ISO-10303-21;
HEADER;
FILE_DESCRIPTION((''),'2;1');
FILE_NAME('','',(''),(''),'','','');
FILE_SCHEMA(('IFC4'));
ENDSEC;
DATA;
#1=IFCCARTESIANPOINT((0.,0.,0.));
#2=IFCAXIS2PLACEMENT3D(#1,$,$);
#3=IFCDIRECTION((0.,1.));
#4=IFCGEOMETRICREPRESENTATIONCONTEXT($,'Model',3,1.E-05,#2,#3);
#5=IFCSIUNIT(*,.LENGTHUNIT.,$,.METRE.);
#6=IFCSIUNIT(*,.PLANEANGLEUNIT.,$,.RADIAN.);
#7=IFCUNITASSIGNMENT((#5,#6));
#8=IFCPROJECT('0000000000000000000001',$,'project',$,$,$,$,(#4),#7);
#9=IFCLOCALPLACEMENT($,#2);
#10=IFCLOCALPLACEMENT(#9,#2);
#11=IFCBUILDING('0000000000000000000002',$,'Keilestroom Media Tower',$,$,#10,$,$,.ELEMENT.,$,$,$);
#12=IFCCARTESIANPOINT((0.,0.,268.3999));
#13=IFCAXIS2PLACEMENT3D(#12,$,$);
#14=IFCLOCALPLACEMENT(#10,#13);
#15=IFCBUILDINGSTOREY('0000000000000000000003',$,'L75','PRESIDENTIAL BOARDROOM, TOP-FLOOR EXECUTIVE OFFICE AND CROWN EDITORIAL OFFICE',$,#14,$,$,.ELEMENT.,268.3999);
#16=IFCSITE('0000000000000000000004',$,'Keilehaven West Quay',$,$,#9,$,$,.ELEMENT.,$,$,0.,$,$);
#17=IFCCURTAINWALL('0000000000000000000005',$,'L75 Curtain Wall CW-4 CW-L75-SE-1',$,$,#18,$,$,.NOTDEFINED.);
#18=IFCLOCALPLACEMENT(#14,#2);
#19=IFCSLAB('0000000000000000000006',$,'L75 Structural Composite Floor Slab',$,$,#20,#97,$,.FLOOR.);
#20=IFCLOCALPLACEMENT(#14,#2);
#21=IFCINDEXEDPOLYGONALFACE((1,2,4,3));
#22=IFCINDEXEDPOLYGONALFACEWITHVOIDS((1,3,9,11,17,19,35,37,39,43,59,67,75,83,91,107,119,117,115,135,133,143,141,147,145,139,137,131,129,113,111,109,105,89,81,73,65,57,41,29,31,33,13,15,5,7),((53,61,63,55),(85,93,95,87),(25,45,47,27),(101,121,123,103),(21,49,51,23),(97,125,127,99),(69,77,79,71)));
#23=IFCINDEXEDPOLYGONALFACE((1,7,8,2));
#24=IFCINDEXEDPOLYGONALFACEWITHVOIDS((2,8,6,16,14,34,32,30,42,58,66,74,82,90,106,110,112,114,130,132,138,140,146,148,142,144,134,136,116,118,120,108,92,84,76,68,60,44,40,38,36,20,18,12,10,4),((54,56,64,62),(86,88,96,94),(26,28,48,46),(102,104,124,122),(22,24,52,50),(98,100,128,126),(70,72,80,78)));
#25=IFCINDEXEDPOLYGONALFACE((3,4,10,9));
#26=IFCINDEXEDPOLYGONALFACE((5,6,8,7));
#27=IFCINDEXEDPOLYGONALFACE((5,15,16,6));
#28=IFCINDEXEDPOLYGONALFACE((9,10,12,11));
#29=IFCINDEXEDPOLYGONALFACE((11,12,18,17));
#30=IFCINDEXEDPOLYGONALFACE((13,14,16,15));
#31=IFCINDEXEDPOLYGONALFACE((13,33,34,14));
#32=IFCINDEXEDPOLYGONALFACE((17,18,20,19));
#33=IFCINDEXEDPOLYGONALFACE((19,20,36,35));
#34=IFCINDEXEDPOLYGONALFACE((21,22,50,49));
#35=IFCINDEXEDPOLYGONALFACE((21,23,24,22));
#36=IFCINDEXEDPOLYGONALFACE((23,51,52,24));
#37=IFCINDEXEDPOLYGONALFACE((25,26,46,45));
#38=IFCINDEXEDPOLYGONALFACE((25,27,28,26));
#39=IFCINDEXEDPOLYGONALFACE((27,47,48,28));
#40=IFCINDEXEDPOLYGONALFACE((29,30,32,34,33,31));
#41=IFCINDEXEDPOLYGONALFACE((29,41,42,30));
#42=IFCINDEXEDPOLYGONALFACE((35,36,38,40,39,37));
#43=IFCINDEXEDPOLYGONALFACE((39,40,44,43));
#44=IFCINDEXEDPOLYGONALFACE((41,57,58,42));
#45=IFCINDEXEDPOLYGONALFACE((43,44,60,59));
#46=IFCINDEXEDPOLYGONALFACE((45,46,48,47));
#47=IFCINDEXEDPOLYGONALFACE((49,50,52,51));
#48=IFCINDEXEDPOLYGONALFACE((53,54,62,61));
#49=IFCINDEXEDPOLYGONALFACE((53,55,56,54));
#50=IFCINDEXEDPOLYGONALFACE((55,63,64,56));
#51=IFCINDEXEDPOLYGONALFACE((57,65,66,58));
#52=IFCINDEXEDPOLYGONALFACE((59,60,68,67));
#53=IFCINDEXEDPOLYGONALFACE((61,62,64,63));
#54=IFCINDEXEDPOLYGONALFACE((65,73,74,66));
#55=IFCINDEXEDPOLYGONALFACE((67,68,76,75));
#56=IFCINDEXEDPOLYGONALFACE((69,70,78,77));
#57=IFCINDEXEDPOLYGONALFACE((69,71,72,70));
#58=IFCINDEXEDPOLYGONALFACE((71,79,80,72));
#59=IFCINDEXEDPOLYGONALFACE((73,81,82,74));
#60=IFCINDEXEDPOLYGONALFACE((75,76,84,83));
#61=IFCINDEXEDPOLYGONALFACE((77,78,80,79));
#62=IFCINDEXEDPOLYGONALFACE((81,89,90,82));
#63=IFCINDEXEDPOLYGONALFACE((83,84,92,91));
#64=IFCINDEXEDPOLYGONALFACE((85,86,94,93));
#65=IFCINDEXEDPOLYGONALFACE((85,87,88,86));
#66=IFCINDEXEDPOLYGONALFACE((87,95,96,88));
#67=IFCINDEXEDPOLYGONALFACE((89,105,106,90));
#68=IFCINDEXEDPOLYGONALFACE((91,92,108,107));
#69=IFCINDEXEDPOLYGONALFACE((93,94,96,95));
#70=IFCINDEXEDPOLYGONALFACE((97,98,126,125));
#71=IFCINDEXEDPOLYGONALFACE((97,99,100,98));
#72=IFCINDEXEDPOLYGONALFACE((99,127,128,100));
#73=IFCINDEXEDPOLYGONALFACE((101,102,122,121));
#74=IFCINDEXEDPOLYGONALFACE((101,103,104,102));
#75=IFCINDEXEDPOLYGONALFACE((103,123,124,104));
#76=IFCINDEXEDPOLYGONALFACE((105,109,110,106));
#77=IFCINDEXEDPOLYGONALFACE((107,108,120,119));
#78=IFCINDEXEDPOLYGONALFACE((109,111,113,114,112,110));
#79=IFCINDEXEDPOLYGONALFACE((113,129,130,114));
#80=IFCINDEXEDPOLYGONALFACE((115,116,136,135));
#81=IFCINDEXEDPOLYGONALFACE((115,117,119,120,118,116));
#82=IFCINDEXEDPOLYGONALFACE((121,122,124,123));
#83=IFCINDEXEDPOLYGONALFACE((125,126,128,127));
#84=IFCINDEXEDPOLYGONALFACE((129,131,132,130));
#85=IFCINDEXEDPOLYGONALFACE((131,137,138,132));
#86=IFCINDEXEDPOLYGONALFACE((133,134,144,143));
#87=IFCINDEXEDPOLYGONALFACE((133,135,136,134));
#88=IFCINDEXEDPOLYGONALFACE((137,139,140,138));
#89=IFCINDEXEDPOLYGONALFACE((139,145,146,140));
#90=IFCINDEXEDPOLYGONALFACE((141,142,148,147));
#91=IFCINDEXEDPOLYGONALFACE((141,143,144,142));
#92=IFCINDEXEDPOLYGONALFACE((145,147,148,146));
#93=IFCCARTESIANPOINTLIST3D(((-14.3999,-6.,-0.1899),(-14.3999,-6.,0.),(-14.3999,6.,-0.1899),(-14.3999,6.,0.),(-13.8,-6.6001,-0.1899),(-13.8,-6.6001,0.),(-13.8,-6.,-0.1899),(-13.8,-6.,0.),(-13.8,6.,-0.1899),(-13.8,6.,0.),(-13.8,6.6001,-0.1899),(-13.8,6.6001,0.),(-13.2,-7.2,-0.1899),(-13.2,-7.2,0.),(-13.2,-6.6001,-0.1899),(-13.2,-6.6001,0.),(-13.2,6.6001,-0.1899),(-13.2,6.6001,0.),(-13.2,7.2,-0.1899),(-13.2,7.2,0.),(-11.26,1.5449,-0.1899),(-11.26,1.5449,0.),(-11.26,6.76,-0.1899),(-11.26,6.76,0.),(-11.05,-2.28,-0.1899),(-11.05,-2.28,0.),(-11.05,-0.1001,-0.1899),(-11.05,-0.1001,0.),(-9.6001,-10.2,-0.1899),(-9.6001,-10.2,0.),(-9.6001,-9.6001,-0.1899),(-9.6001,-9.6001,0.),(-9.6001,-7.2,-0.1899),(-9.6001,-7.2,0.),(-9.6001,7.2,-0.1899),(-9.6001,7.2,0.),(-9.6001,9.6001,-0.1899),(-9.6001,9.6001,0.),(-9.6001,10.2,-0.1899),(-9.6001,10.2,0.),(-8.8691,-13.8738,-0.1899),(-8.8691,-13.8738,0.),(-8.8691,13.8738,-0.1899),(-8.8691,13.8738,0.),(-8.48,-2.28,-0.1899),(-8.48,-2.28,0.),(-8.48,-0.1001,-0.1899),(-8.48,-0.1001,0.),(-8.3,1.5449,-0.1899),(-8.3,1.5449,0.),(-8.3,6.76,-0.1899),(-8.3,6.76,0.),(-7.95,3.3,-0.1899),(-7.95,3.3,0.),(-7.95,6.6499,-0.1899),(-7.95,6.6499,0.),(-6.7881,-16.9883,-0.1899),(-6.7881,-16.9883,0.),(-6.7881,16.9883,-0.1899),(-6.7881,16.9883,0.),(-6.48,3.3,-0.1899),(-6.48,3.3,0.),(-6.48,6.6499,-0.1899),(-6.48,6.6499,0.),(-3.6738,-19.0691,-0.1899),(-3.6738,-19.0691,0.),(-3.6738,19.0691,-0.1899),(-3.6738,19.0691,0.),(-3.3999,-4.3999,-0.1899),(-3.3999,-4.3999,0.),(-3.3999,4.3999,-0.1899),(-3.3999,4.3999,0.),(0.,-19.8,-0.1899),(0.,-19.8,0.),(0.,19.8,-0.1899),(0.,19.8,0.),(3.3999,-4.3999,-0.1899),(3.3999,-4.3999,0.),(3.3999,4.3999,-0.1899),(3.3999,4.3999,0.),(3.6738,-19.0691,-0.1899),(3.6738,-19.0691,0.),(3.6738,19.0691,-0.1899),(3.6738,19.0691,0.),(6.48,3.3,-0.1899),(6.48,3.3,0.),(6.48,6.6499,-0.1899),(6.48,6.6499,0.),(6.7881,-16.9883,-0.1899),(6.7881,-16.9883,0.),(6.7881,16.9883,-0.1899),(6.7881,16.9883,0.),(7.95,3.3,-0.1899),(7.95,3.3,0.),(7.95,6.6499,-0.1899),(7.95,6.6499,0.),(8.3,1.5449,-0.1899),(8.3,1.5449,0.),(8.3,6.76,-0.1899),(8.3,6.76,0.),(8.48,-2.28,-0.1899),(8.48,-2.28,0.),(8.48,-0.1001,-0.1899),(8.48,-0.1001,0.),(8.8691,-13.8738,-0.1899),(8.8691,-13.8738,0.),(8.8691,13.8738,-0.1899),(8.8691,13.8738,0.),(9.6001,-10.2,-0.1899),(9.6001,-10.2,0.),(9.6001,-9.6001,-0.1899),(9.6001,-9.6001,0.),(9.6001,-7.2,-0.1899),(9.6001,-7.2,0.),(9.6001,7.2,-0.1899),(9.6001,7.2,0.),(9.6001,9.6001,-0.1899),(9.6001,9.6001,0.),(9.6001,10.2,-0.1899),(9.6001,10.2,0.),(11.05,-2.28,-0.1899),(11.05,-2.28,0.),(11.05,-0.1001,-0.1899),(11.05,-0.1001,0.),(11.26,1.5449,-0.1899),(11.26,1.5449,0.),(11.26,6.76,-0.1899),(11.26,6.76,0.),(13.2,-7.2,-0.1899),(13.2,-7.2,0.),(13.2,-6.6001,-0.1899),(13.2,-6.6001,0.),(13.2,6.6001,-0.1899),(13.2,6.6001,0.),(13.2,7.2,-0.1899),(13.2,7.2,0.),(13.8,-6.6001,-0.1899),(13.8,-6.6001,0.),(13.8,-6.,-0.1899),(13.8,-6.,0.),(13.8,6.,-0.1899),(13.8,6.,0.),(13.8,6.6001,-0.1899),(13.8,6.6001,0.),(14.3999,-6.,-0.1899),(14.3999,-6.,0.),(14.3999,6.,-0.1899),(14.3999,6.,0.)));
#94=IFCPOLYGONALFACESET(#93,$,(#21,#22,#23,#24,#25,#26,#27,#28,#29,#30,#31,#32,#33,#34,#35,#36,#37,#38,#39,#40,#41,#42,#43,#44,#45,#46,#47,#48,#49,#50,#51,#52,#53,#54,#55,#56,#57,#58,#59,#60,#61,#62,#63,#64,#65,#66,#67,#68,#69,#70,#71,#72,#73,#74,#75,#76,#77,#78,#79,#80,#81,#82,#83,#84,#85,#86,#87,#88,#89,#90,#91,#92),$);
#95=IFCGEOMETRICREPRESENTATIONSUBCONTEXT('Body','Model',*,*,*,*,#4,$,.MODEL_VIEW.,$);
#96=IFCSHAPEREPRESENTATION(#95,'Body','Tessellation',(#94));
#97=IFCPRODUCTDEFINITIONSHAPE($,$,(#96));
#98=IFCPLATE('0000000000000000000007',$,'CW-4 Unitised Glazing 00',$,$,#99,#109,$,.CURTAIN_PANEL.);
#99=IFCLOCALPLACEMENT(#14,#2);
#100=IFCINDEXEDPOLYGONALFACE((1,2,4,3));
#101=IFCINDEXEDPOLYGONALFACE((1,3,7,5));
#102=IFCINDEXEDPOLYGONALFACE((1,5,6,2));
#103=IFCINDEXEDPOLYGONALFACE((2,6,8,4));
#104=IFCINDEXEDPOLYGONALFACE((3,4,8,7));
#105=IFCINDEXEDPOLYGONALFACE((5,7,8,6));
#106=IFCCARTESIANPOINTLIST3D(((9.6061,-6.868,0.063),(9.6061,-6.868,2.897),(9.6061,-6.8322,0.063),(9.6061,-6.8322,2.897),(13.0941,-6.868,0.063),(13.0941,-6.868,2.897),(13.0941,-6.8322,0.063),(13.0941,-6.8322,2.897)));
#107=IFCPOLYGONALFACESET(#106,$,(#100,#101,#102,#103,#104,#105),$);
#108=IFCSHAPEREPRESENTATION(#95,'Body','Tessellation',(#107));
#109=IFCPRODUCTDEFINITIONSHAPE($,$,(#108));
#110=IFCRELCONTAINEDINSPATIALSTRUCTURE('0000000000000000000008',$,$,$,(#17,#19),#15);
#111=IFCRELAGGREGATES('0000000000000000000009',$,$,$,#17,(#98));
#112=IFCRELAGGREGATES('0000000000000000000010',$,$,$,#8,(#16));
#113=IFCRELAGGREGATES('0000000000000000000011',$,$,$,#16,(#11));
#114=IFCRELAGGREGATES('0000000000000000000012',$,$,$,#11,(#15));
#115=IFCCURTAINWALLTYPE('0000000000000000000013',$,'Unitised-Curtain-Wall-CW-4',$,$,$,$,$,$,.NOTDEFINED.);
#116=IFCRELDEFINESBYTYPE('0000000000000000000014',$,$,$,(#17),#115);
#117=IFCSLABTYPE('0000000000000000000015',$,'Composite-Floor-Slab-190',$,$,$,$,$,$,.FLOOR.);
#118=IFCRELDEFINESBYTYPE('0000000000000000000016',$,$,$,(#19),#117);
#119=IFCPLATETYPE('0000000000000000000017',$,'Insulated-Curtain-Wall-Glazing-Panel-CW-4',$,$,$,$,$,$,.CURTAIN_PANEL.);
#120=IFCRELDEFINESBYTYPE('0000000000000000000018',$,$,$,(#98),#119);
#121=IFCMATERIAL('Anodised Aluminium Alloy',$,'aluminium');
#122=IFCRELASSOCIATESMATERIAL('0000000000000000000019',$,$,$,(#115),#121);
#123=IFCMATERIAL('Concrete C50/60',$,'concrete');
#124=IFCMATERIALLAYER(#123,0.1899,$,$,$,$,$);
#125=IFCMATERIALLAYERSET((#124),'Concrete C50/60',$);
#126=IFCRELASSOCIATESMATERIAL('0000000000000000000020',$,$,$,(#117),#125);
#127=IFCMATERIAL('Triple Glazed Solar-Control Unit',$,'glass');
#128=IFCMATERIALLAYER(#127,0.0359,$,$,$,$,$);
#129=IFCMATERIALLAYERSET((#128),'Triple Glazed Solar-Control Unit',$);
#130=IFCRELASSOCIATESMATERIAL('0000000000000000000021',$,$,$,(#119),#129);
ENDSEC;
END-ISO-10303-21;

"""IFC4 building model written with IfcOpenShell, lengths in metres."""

from ifc_helpers import new_model, si_unit, direction, frame, origin, origin_2d, place, context, subcontext, project, spatial, polyline, rectangle, outline, extrude, source, transform, mapped, material, layer, layer_set, type_object, element, aggregate, save


model = new_model("IFC4")

# Units and contexts
model_context = context("Model", 3, precision=1e-05, world=origin(), true_north=direction((0.0, 1.0)))
body_context = subcontext(model_context, "Body", "Model", "MODEL_VIEW")
ifc_project = project(units=[si_unit("LENGTHUNIT", "METRE"), si_unit("PLANEANGLEUNIT", "RADIAN")], contexts=[model_context])

# Site, building, storey
site_placement = place(None, origin())
site = spatial("IfcSite", under=ifc_project, at=site_placement, Name="Keilehaven West Quay", CompositionType="ELEMENT", RefElevation=0.0)
building_placement = place(site_placement, origin())
building = spatial("IfcBuilding", under=site, at=building_placement, Name="Keilestroom Media Tower", CompositionType="ELEMENT")
storey_placement = place(building_placement, frame((0.0, 0.0, 268.3999)))
storey = spatial("IfcBuildingStorey", under=building, at=storey_placement, Name="L75", Description="PRESIDENTIAL BOARDROOM, TOP-FLOOR EXECUTIVE OFFICE AND CROWN EDITORIAL OFFICE", CompositionType="ELEMENT", Elevation=268.3999)

# Curtain wall
ifc_material_1 = material(Name="Anodised Aluminium Alloy", Category="aluminium")
curtain_wall_type = type_object("IfcCurtainWallType", Name="Unitised-Curtain-Wall-CW-4", PredefinedType="NOTDEFINED", material=ifc_material_1)
curtain_wall_placement = place(storey_placement, origin())
curtain_wall = element("IfcCurtainWall", 1, at=curtain_wall_placement, inside=storey, type_object=curtain_wall_type, Name="L75 Curtain Wall CW-4 CW-L75-SE-1", PredefinedType="NOTDEFINED")

# Slab
ifc_material_2 = material(Name="Concrete C50/60", Category="concrete")
ifc_layer_1 = layer(ifc_material_2, 0.1899)
ifc_layer_set_1 = layer_set([ifc_layer_1], Name="Concrete C50/60")
slab_type = type_object("IfcSlabType", Name="Composite-Floor-Slab-190", PredefinedType="FLOOR", material=ifc_layer_set_1)
slab_placement = place(storey_placement, frame((0.0, 0.0, -0.1899)))
element("IfcSlab", 2, at=slab_placement, inside=storey, type_object=slab_type, Name="L75 Structural Composite Floor Slab", PredefinedType="FLOOR", context=body_context, shape_type="SweptSolid", body=[
    extrude(outline(polyline([(14.3999, -6.0), (14.3999, 6.0), (13.8, 6.0), (13.8, 6.6001), (13.2, 6.6001), (13.2, 7.2), (9.6001, 7.2), (9.6001, 9.6001), (9.6001, 10.2), (8.8691, 13.8738), (6.7881, 16.9883), (3.6738, 19.0691), (0.0, 19.8), (-3.6738, 19.0691), (-6.7881, 16.9883), (-8.8691, 13.8738), (-9.6001, 10.2), (-9.6001, 9.6001), (-9.6001, 7.2), (-13.2, 7.2), (-13.2, 6.6001), (-13.8, 6.6001), (-13.8, 6.0), (-14.3999, 6.0), (-14.3999, -6.0), (-13.8, -6.0), (-13.8, -6.6001), (-13.2, -6.6001), (-13.2, -7.2), (-9.6001, -7.2), (-9.6001, -9.6001), (-9.6001, -10.2), (-8.8691, -13.8738), (-6.7881, -16.9883), (-3.6738, -19.0691), (0.0, -19.8), (3.6738, -19.0691), (6.7881, -16.9883), (8.8691, -13.8738), (9.6001, -10.2), (9.6001, -9.6001), (9.6001, -7.2), (13.2, -7.2), (13.2, -6.6001), (13.8, -6.6001), (13.8, -6.0), (14.3999, -6.0)]), holes=[polyline([(-8.3, 1.5449), (-11.26, 1.5449), (-11.26, 6.76), (-8.3, 6.76), (-8.3, 1.5449)]), polyline([(-8.48, -2.28), (-11.05, -2.28), (-11.05, -0.1001), (-8.48, -0.1001), (-8.48, -2.28)]), polyline([(-6.48, 3.3), (-7.95, 3.3), (-7.95, 6.6499), (-6.48, 6.6499), (-6.48, 3.3)]), polyline([(3.3999, -4.3999), (-3.3999, -4.3999), (-3.3999, 4.3999), (3.3999, 4.3999), (3.3999, -4.3999)]), polyline([(7.95, 3.3), (6.48, 3.3), (6.48, 6.6499), (7.95, 6.6499), (7.95, 3.3)]), polyline([(11.26, 1.5449), (8.3, 1.5449), (8.3, 6.76), (11.26, 6.76), (11.26, 1.5449)]), polyline([(11.05, -2.28), (8.48, -2.28), (8.48, -0.1001), (11.05, -0.1001), (11.05, -2.28)])]), origin(), (0.0, 0.0, 1.0), 0.1899),
])

# Plate
ifc_material_3 = material(Name="Triple Glazed Solar-Control Unit", Category="glass")
ifc_layer_2 = layer(ifc_material_3, 0.0359)
ifc_layer_set_2 = layer_set([ifc_layer_2], Name="Triple Glazed Solar-Control Unit")
plate_type = type_object("IfcPlateType", Name="Insulated-Curtain-Wall-Glazing-Panel-CW-4", PredefinedType="CURTAIN_PANEL", material=ifc_layer_set_2)
shared_shape_1 = source(origin(), body_context, "Body", "SweptSolid", [
    extrude(rectangle(XDim=3.488, YDim=0.0359, at=origin_2d()), origin(), (0.0, 0.0, 1.0), 2.834),
])
plate_placement = place(storey_placement, frame((11.3501, -6.8501, 0.063), z_axis=(0.0, 0.0, 1.0), x_axis=(1.0, 0.0, 0.0)))
plate = element("IfcPlate", 3, at=plate_placement, type_object=plate_type, Name="CW-4 Unitised Glazing 00", PredefinedType="CURTAIN_PANEL", context=body_context, shape_type="MappedRepresentation", body=[
    mapped(shared_shape_1, transform((0.0, 0.0, 0.0), x_axis=(1.0, 0.0, 0.0), y_axis=(0.0, 1.0, 0.0), z_axis=(0.0, 0.0, 1.0), scale=1.0)),
])
aggregate(curtain_wall, [plate])

save(model, "model.ifc")
